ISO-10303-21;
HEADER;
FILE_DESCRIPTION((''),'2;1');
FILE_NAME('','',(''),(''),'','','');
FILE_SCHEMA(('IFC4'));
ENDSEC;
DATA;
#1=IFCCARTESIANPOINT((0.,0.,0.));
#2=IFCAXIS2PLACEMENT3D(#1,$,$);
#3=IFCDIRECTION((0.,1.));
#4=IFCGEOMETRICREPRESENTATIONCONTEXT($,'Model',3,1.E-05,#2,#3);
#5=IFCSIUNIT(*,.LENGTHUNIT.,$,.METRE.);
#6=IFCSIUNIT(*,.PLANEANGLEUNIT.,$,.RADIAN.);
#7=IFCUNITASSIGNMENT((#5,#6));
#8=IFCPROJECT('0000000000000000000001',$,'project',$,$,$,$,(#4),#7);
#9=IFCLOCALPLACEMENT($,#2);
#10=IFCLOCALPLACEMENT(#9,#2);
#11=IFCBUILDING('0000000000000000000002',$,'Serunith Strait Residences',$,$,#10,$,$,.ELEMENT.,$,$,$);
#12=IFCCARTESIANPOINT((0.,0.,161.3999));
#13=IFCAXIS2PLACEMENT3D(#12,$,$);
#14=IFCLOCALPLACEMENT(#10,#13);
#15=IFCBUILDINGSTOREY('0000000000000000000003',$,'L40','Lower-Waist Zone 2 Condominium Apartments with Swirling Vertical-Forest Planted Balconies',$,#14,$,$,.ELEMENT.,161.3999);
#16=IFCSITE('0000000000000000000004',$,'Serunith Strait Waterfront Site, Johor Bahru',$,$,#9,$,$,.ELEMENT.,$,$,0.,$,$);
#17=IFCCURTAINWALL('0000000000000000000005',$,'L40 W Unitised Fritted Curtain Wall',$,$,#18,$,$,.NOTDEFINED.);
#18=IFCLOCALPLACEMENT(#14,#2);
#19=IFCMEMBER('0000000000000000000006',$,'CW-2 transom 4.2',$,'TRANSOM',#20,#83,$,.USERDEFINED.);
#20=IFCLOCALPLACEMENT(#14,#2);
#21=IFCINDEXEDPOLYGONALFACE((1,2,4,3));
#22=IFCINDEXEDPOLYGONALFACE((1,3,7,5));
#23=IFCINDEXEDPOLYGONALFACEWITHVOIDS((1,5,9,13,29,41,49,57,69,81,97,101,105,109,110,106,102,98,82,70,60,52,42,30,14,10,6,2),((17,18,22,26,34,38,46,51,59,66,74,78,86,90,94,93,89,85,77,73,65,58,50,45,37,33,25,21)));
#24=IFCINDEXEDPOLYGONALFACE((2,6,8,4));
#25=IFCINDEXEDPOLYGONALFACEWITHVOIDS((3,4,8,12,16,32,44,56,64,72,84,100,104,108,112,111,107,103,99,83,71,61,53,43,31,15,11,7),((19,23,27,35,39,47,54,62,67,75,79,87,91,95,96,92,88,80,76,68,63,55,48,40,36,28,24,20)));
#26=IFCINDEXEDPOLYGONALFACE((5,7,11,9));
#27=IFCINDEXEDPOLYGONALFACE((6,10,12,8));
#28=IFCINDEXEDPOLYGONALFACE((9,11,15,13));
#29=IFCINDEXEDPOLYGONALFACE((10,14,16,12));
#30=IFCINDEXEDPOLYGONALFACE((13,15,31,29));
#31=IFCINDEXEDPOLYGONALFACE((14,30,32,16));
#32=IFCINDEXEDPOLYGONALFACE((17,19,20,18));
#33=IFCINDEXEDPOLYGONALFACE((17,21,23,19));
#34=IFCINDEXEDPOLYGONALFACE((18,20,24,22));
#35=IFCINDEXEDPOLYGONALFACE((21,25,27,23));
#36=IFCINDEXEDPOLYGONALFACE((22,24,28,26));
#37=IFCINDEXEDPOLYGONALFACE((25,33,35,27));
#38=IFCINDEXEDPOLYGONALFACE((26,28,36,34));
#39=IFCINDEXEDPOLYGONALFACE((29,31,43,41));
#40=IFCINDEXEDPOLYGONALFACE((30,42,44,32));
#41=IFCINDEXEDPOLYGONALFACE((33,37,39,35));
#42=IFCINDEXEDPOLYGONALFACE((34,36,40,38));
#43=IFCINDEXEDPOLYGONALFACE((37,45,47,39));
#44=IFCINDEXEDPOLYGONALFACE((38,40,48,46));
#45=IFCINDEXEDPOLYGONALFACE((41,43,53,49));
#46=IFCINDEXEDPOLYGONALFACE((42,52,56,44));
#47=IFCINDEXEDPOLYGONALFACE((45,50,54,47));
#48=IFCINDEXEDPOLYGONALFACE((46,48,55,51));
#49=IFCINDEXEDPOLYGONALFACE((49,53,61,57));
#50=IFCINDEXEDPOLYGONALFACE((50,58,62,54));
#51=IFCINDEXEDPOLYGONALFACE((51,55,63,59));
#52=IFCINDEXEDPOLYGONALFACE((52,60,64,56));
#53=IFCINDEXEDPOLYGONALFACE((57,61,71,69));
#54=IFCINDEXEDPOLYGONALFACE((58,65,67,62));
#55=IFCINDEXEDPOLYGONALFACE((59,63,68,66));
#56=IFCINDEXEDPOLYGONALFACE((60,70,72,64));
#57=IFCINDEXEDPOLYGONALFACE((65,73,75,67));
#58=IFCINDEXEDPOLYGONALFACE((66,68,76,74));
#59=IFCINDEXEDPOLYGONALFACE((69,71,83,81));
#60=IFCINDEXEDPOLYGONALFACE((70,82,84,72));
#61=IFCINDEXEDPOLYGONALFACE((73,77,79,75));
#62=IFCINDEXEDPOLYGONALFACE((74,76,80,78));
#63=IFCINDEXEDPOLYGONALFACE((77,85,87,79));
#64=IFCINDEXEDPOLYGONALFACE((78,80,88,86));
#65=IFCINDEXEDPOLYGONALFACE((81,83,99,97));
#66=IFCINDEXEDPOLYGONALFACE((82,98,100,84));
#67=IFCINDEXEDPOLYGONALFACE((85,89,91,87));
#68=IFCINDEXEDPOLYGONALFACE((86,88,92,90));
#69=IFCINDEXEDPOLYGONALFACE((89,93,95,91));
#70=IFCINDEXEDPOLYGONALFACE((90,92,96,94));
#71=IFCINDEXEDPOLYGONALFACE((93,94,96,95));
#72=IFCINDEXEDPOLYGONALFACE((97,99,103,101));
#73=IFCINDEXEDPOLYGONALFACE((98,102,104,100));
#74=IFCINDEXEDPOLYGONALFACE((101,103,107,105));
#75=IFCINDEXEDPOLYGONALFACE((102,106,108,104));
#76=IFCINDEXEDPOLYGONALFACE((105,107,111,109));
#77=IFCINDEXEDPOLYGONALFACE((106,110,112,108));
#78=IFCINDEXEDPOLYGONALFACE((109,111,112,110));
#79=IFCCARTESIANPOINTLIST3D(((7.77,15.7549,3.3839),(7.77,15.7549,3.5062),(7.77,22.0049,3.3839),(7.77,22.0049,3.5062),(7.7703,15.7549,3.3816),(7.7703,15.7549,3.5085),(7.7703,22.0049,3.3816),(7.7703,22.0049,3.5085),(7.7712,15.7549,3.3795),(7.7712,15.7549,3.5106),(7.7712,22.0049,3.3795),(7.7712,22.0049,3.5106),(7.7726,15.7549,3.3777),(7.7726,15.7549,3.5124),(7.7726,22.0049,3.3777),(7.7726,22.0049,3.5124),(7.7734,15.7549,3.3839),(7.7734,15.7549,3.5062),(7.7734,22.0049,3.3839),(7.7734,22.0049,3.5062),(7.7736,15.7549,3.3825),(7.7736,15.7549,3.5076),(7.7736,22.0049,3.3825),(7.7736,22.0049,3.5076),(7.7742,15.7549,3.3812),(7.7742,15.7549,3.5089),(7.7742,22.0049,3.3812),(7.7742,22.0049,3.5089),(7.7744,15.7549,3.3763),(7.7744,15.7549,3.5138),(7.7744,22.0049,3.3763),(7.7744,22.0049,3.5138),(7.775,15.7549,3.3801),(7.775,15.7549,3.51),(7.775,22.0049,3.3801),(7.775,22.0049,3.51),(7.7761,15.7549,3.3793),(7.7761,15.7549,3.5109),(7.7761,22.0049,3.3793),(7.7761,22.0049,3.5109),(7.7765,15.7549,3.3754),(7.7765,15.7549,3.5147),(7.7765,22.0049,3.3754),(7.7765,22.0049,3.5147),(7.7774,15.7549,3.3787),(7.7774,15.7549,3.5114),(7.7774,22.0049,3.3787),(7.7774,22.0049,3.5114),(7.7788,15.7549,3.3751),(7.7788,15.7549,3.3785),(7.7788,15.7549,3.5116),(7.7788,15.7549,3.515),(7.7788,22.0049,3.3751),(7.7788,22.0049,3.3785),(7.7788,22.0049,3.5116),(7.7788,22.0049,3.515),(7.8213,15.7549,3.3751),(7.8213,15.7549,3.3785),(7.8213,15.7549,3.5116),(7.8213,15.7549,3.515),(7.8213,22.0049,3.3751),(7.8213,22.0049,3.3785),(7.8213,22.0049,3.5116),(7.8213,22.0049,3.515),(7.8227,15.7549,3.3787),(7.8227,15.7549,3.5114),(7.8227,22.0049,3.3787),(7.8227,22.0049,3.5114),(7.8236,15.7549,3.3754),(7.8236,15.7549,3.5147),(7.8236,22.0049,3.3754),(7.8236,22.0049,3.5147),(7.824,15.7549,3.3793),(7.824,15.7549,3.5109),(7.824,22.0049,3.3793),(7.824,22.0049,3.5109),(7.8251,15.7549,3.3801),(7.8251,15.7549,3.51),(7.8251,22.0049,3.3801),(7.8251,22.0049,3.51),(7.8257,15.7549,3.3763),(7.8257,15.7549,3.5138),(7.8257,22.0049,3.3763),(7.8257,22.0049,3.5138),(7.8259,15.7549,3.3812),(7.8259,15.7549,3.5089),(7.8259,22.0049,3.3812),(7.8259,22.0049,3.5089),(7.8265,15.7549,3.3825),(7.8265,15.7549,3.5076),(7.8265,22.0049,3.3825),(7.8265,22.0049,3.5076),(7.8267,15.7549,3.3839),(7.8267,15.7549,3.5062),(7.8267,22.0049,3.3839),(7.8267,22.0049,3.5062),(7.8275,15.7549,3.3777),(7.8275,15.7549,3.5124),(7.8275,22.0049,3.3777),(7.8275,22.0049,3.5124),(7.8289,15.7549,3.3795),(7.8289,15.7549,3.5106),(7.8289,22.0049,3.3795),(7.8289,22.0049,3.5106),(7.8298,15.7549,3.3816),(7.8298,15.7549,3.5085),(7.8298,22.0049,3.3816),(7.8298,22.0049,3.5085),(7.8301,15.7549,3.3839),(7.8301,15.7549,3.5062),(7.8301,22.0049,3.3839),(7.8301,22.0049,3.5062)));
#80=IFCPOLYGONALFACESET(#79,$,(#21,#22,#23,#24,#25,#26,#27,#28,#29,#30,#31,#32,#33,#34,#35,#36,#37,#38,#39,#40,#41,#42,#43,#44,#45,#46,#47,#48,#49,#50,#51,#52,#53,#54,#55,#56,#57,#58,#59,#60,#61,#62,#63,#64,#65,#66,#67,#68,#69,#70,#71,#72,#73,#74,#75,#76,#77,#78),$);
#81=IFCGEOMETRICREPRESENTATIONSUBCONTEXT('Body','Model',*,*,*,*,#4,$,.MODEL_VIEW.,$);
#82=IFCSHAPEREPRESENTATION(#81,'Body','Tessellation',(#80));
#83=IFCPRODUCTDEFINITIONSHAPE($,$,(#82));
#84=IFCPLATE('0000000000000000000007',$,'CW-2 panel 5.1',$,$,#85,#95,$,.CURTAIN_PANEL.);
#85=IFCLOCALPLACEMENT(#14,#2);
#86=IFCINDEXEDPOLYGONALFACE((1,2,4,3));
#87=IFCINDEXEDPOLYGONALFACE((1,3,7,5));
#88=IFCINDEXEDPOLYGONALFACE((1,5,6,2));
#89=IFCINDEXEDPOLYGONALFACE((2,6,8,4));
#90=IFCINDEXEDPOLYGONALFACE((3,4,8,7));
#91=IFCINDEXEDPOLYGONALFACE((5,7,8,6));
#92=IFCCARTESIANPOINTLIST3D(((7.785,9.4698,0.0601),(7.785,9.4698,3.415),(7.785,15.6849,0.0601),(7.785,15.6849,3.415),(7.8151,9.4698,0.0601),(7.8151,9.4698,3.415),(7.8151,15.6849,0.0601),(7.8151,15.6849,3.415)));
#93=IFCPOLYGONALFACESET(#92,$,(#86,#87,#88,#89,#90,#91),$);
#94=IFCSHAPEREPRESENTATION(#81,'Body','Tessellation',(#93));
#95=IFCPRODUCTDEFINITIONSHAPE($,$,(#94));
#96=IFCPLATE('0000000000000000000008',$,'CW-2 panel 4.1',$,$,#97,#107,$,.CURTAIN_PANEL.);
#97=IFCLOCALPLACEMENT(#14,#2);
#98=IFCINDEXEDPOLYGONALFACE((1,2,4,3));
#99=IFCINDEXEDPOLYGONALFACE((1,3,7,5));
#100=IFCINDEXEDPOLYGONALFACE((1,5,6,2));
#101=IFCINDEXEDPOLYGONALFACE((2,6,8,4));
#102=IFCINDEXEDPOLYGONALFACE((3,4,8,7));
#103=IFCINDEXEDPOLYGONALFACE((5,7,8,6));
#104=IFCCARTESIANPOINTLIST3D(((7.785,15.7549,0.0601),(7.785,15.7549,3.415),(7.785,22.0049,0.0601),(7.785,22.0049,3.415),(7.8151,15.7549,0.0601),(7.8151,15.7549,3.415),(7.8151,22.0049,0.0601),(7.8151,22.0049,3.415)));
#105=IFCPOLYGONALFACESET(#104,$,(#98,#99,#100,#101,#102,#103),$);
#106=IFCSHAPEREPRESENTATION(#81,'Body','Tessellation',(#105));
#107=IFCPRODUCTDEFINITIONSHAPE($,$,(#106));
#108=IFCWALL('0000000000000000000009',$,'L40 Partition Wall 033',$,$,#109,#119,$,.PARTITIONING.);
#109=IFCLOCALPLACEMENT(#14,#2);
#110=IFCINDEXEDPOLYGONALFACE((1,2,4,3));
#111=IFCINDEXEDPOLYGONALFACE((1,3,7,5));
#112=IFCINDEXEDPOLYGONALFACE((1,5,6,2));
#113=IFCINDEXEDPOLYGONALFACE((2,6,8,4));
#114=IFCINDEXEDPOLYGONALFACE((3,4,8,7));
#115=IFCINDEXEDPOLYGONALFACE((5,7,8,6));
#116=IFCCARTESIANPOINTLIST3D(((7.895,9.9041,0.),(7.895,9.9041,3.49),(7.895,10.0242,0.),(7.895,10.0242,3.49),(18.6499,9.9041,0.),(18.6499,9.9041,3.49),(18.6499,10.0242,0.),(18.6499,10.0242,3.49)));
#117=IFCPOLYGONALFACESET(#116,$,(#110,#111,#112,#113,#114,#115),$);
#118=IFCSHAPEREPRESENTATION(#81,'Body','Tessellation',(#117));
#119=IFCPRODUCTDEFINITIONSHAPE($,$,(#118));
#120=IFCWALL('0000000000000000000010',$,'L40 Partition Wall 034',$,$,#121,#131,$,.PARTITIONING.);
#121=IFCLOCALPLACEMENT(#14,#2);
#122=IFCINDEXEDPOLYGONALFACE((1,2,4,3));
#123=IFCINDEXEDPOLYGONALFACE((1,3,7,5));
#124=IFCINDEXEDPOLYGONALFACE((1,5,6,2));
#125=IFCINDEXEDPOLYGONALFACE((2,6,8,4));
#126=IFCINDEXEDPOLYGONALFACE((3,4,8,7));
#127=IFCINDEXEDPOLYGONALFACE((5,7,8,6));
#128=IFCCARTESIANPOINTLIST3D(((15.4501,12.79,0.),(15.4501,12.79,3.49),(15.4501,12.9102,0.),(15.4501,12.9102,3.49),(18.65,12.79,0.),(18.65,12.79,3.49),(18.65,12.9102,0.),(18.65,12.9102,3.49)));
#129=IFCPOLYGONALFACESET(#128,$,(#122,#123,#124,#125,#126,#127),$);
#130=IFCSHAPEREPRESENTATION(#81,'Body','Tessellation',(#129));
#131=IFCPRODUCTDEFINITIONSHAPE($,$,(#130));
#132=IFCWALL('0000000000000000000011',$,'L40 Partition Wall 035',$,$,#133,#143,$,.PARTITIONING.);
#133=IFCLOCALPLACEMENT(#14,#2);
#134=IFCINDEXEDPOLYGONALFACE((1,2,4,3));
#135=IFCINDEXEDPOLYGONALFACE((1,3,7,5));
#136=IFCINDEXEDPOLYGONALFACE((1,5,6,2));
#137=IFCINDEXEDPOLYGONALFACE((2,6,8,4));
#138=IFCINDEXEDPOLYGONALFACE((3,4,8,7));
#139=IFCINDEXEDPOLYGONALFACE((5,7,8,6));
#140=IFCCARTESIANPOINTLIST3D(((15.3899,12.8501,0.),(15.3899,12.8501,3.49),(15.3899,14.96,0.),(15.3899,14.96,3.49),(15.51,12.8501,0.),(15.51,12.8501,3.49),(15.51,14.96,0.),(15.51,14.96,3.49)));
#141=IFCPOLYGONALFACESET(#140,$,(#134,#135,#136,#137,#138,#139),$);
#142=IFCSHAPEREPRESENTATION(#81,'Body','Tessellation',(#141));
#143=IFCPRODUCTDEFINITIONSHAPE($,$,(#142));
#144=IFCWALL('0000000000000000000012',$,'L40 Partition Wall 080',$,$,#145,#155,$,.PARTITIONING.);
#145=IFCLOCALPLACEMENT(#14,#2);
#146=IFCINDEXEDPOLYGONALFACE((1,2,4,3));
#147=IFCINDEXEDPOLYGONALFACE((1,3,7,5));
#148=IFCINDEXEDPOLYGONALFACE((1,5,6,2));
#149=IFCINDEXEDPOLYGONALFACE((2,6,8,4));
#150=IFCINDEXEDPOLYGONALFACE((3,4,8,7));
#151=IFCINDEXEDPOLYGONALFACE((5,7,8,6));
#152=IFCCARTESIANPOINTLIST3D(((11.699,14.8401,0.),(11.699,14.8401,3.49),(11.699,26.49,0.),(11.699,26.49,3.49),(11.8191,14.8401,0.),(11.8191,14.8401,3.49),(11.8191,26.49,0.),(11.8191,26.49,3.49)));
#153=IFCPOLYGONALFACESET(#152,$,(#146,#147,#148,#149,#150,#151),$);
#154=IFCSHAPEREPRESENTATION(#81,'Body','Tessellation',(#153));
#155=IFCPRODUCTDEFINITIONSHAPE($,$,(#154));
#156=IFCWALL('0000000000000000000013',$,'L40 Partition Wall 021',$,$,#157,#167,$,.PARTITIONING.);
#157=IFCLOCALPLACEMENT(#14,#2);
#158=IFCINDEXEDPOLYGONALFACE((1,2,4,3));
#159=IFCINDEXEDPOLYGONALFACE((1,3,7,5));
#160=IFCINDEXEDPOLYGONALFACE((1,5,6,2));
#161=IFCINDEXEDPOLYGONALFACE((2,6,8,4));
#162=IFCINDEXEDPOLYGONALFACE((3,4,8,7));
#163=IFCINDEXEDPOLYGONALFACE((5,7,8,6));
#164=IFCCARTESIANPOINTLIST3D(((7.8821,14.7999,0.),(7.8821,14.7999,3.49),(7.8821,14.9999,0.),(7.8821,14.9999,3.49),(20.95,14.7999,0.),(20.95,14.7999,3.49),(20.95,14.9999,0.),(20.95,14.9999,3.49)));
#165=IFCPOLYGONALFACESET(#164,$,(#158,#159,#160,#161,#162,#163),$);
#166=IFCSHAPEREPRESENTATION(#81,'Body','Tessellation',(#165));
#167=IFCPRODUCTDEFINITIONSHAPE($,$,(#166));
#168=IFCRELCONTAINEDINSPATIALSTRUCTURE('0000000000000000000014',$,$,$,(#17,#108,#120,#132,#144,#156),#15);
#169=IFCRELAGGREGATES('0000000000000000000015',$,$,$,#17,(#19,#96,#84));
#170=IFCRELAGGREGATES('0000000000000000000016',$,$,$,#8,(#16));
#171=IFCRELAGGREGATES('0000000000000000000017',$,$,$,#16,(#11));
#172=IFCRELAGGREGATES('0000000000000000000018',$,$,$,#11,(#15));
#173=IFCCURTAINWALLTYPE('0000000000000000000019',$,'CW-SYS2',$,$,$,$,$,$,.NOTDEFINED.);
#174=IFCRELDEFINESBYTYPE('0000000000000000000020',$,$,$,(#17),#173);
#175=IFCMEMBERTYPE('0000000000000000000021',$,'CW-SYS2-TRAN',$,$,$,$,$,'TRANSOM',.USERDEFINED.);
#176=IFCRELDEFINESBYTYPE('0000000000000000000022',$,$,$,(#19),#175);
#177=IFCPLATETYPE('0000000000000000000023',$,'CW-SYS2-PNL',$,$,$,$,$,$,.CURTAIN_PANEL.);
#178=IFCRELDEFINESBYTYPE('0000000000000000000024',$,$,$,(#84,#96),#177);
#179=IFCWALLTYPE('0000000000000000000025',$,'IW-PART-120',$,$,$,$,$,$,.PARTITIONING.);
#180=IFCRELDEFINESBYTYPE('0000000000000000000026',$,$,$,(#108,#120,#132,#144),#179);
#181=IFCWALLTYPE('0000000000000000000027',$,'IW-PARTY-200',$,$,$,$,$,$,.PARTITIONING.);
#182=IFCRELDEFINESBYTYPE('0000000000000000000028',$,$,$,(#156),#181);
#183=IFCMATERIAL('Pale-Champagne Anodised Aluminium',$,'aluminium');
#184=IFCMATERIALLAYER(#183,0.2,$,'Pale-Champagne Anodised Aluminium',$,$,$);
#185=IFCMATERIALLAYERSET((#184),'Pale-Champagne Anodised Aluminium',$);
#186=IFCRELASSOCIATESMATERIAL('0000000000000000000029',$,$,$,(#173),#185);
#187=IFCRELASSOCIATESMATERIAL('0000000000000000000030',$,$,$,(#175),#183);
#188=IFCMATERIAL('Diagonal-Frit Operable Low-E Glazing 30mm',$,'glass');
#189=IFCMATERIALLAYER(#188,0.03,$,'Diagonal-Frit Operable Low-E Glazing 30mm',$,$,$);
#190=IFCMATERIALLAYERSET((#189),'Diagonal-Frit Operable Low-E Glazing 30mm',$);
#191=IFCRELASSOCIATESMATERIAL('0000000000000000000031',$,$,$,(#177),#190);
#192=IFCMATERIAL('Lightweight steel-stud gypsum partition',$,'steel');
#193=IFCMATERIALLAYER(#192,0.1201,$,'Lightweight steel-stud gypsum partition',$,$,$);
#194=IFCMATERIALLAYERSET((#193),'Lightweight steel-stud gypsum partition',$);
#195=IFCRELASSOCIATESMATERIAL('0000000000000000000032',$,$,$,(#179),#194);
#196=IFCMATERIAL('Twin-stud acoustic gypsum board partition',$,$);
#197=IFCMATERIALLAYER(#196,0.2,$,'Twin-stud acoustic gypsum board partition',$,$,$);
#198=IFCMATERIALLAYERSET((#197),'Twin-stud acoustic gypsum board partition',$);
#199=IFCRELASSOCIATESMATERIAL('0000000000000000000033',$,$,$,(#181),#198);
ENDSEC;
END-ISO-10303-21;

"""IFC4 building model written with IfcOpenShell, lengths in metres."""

from ifc_helpers import new_model, si_unit, direction, frame, frame_2d, origin, origin_2d, place, context, subcontext, project, spatial, rectangle, hollow_rectangle, extrude, source, transform, mapped, material, layer, layer_set, material_profile, profile_set, type_object, element, aggregate, save


model = new_model("IFC4")

# Units and contexts
model_context = context("Model", 3, precision=1e-05, world=origin(), true_north=direction((0.0, 1.0)))
body_context = subcontext(model_context, "Body", "Model", "MODEL_VIEW")
ifc_project = project(units=[si_unit("LENGTHUNIT", "METRE"), si_unit("PLANEANGLEUNIT", "RADIAN")], contexts=[model_context])

# Site, building, storey
site_placement = place(None, origin())
site = spatial("IfcSite", under=ifc_project, at=site_placement, Name="Serunith Strait Waterfront Site, Johor Bahru", CompositionType="ELEMENT", RefElevation=0.0)
building_placement = place(site_placement, origin())
building = spatial("IfcBuilding", under=site, at=building_placement, Name="Serunith Strait Residences", CompositionType="ELEMENT")
storey_placement = place(building_placement, frame((0.0, 0.0, 161.3999)))
storey = spatial("IfcBuildingStorey", under=building, at=storey_placement, Name="L40", Description="Lower-Waist Zone 2 Condominium Apartments with Swirling Vertical-Forest Planted Balconies", CompositionType="ELEMENT", Elevation=161.3999)

# Curtain wall, member, plates
ifc_material_1 = material(Name="Pale-Champagne Anodised Aluminium", Category="aluminium")
ifc_layer_1 = layer(ifc_material_1, 0.2, Name="Pale-Champagne Anodised Aluminium")
ifc_layer_set_1 = layer_set([ifc_layer_1], Name="Pale-Champagne Anodised Aluminium")
curtain_wall_type = type_object("IfcCurtainWallType", Name="CW-SYS2", PredefinedType="NOTDEFINED", material=ifc_layer_set_1)
curtain_wall_placement = place(storey_placement, origin())
curtain_wall = element("IfcCurtainWall", 1, at=curtain_wall_placement, inside=storey, type_object=curtain_wall_type, Name="L40 W Unitised Fritted Curtain Wall", PredefinedType="NOTDEFINED")
ifc_material_profile_1 = material_profile(ifc_material_1, hollow_rectangle(XDim=0.0601, YDim=0.1399, WallThickness=0.0034, InnerFilletRadius=0.0054, OuterFilletRadius=0.0088, at=origin_2d()), Name="ALU 140x60x3.5")
ifc_profile_set_1 = profile_set([ifc_material_profile_1], Name="Pale-Champagne Anodised Aluminium")
member_type_1 = type_object("IfcMemberType", Name="CW-SYS2-TRAN", ElementType="TRANSOM", PredefinedType="USERDEFINED", material=ifc_profile_set_1)
shared_shape_1 = source(origin(), body_context, "Body", "SweptSolid", [
    extrude(hollow_rectangle(XDim=0.0601, YDim=0.1399, WallThickness=0.0034, InnerFilletRadius=0.0054, OuterFilletRadius=0.0088, at=origin_2d()), origin(), (0.0, 0.0, 1.0), 6.25),
])
member_1_placement = place(storey_placement, frame((7.8, 22.0049, 3.4451), z_axis=(0.0, -1.0, 0.0), x_axis=(1.0, 0.0, 0.0)))
member_1 = element("IfcMember", 2, at=member_1_placement, type_object=member_type_1, Name="CW-2 transom 4.2", ObjectType="TRANSOM", PredefinedType="USERDEFINED", context=body_context, shape_type="MappedRepresentation", body=[
    mapped(shared_shape_1, transform((0.0, 0.0, 0.0), scale=1.0)),
])
ifc_material_2 = material(Name="Diagonal-Frit Operable Low-E Glazing 30mm", Category="glass")
ifc_layer_2 = layer(ifc_material_2, 0.03, Name="Diagonal-Frit Operable Low-E Glazing 30mm")
ifc_layer_set_2 = layer_set([ifc_layer_2], Name="Diagonal-Frit Operable Low-E Glazing 30mm")
plate_type = type_object("IfcPlateType", Name="CW-SYS2-PNL", PredefinedType="CURTAIN_PANEL", material=ifc_layer_set_2)
shared_shape_2 = source(origin(), body_context, "Body", "SweptSolid", [
    extrude(rectangle(XDim=6.2151, YDim=0.03, at=origin_2d()), origin(), (0.0, 0.0, 1.0), 3.355),
])
plate_1_placement = place(storey_placement, frame((7.8, 12.5774, 0.0601), z_axis=(0.0, 0.0, 1.0), x_axis=(0.0, -1.0, 0.0)))
plate_1 = element("IfcPlate", 3, at=plate_1_placement, type_object=plate_type, Name="CW-2 panel 5.1", PredefinedType="CURTAIN_PANEL", context=body_context, shape_type="MappedRepresentation", body=[
    mapped(shared_shape_2, transform((0.0, 0.0, 0.0), scale=1.0)),
])
shared_shape_3 = source(origin(), body_context, "Body", "SweptSolid", [
    extrude(rectangle(XDim=6.25, YDim=0.03, at=origin_2d()), origin(), (0.0, 0.0, 1.0), 3.355),
])
plate_2_placement = place(storey_placement, frame((7.8, 18.8799, 0.0601), z_axis=(0.0, 0.0, 1.0), x_axis=(0.0, -1.0, 0.0)))
plate_2 = element("IfcPlate", 4, at=plate_2_placement, type_object=plate_type, Name="CW-2 panel 4.1", PredefinedType="CURTAIN_PANEL", context=body_context, shape_type="MappedRepresentation", body=[
    mapped(shared_shape_3, transform((0.0, 0.0, 0.0), scale=1.0)),
])
aggregate(curtain_wall, [member_1, plate_2, plate_1])

# Walls
ifc_material_3 = material(Name="Lightweight steel-stud gypsum partition", Category="steel")
ifc_layer_3 = layer(ifc_material_3, 0.1201, Name="Lightweight steel-stud gypsum partition")
ifc_layer_set_3 = layer_set([ifc_layer_3], Name="Lightweight steel-stud gypsum partition")
wall_type_1 = type_object("IfcWallType", Name="IW-PART-120", PredefinedType="PARTITIONING", material=ifc_layer_set_3)
wall_1_placement = place(storey_placement, frame((7.895, 9.9641, 0.0), z_axis=(0.0, 0.0, 1.0), x_axis=(1.0, 0.0, 0.0)))
element("IfcWall", 5, at=wall_1_placement, inside=storey, type_object=wall_type_1, Name="L40 Partition Wall 033", PredefinedType="PARTITIONING", context=body_context, shape_type="SweptSolid", body=[
    extrude(rectangle(XDim=10.7549, YDim=0.1201, at=frame_2d((5.3774, 0.0))), origin(), (0.0, 0.0, 1.0), 3.49),
])
wall_2_placement = place(storey_placement, frame((15.45, 12.8501, 0.0), z_axis=(0.0, 0.0, 1.0), x_axis=(1.0, 0.0, 0.0)))
element("IfcWall", 6, at=wall_2_placement, inside=storey, type_object=wall_type_1, Name="L40 Partition Wall 034", PredefinedType="PARTITIONING", context=body_context, shape_type="SweptSolid", body=[
    extrude(rectangle(XDim=3.2, YDim=0.1201, at=frame_2d((1.6001, 0.0))), origin(), (0.0, 0.0, 1.0), 3.49),
])
wall_3_placement = place(storey_placement, frame((15.45, 12.8501, 0.0), z_axis=(0.0, 0.0, 1.0), x_axis=(0.0, 1.0, 0.0)))
element("IfcWall", 7, at=wall_3_placement, inside=storey, type_object=wall_type_1, Name="L40 Partition Wall 035", PredefinedType="PARTITIONING", context=body_context, shape_type="SweptSolid", body=[
    extrude(rectangle(XDim=2.1099, YDim=0.1201, at=frame_2d((1.0549, 0.0))), origin(), (0.0, 0.0, 1.0), 3.49),
])
wall_4_placement = place(storey_placement, frame((11.759, 14.8401, 0.0), z_axis=(0.0, 0.0, 1.0), x_axis=(0.0, 1.0, 0.0)))
element("IfcWall", 8, at=wall_4_placement, inside=storey, type_object=wall_type_1, Name="L40 Partition Wall 080", PredefinedType="PARTITIONING", context=body_context, shape_type="SweptSolid", body=[
    extrude(rectangle(XDim=11.6499, YDim=0.1201, at=frame_2d((5.825, 0.0))), origin(), (0.0, 0.0, 1.0), 3.49),
])
ifc_material_4 = material(Name="Twin-stud acoustic gypsum board partition")
ifc_layer_4 = layer(ifc_material_4, 0.2, Name="Twin-stud acoustic gypsum board partition")
ifc_layer_set_4 = layer_set([ifc_layer_4], Name="Twin-stud acoustic gypsum board partition")
wall_type_2 = type_object("IfcWallType", Name="IW-PARTY-200", PredefinedType="PARTITIONING", material=ifc_layer_set_4)
wall_5_placement = place(storey_placement, frame((7.8821, 14.8999, 0.0), z_axis=(0.0, 0.0, 1.0), x_axis=(1.0, 0.0, 0.0)))
element("IfcWall", 9, at=wall_5_placement, inside=storey, type_object=wall_type_2, Name="L40 Partition Wall 021", PredefinedType="PARTITIONING", context=body_context, shape_type="SweptSolid", body=[
    extrude(rectangle(XDim=13.0679, YDim=0.2, at=frame_2d((6.5339, 0.0))), origin(), (0.0, 0.0, 1.0), 3.49),
])

save(model, "model.ifc")
